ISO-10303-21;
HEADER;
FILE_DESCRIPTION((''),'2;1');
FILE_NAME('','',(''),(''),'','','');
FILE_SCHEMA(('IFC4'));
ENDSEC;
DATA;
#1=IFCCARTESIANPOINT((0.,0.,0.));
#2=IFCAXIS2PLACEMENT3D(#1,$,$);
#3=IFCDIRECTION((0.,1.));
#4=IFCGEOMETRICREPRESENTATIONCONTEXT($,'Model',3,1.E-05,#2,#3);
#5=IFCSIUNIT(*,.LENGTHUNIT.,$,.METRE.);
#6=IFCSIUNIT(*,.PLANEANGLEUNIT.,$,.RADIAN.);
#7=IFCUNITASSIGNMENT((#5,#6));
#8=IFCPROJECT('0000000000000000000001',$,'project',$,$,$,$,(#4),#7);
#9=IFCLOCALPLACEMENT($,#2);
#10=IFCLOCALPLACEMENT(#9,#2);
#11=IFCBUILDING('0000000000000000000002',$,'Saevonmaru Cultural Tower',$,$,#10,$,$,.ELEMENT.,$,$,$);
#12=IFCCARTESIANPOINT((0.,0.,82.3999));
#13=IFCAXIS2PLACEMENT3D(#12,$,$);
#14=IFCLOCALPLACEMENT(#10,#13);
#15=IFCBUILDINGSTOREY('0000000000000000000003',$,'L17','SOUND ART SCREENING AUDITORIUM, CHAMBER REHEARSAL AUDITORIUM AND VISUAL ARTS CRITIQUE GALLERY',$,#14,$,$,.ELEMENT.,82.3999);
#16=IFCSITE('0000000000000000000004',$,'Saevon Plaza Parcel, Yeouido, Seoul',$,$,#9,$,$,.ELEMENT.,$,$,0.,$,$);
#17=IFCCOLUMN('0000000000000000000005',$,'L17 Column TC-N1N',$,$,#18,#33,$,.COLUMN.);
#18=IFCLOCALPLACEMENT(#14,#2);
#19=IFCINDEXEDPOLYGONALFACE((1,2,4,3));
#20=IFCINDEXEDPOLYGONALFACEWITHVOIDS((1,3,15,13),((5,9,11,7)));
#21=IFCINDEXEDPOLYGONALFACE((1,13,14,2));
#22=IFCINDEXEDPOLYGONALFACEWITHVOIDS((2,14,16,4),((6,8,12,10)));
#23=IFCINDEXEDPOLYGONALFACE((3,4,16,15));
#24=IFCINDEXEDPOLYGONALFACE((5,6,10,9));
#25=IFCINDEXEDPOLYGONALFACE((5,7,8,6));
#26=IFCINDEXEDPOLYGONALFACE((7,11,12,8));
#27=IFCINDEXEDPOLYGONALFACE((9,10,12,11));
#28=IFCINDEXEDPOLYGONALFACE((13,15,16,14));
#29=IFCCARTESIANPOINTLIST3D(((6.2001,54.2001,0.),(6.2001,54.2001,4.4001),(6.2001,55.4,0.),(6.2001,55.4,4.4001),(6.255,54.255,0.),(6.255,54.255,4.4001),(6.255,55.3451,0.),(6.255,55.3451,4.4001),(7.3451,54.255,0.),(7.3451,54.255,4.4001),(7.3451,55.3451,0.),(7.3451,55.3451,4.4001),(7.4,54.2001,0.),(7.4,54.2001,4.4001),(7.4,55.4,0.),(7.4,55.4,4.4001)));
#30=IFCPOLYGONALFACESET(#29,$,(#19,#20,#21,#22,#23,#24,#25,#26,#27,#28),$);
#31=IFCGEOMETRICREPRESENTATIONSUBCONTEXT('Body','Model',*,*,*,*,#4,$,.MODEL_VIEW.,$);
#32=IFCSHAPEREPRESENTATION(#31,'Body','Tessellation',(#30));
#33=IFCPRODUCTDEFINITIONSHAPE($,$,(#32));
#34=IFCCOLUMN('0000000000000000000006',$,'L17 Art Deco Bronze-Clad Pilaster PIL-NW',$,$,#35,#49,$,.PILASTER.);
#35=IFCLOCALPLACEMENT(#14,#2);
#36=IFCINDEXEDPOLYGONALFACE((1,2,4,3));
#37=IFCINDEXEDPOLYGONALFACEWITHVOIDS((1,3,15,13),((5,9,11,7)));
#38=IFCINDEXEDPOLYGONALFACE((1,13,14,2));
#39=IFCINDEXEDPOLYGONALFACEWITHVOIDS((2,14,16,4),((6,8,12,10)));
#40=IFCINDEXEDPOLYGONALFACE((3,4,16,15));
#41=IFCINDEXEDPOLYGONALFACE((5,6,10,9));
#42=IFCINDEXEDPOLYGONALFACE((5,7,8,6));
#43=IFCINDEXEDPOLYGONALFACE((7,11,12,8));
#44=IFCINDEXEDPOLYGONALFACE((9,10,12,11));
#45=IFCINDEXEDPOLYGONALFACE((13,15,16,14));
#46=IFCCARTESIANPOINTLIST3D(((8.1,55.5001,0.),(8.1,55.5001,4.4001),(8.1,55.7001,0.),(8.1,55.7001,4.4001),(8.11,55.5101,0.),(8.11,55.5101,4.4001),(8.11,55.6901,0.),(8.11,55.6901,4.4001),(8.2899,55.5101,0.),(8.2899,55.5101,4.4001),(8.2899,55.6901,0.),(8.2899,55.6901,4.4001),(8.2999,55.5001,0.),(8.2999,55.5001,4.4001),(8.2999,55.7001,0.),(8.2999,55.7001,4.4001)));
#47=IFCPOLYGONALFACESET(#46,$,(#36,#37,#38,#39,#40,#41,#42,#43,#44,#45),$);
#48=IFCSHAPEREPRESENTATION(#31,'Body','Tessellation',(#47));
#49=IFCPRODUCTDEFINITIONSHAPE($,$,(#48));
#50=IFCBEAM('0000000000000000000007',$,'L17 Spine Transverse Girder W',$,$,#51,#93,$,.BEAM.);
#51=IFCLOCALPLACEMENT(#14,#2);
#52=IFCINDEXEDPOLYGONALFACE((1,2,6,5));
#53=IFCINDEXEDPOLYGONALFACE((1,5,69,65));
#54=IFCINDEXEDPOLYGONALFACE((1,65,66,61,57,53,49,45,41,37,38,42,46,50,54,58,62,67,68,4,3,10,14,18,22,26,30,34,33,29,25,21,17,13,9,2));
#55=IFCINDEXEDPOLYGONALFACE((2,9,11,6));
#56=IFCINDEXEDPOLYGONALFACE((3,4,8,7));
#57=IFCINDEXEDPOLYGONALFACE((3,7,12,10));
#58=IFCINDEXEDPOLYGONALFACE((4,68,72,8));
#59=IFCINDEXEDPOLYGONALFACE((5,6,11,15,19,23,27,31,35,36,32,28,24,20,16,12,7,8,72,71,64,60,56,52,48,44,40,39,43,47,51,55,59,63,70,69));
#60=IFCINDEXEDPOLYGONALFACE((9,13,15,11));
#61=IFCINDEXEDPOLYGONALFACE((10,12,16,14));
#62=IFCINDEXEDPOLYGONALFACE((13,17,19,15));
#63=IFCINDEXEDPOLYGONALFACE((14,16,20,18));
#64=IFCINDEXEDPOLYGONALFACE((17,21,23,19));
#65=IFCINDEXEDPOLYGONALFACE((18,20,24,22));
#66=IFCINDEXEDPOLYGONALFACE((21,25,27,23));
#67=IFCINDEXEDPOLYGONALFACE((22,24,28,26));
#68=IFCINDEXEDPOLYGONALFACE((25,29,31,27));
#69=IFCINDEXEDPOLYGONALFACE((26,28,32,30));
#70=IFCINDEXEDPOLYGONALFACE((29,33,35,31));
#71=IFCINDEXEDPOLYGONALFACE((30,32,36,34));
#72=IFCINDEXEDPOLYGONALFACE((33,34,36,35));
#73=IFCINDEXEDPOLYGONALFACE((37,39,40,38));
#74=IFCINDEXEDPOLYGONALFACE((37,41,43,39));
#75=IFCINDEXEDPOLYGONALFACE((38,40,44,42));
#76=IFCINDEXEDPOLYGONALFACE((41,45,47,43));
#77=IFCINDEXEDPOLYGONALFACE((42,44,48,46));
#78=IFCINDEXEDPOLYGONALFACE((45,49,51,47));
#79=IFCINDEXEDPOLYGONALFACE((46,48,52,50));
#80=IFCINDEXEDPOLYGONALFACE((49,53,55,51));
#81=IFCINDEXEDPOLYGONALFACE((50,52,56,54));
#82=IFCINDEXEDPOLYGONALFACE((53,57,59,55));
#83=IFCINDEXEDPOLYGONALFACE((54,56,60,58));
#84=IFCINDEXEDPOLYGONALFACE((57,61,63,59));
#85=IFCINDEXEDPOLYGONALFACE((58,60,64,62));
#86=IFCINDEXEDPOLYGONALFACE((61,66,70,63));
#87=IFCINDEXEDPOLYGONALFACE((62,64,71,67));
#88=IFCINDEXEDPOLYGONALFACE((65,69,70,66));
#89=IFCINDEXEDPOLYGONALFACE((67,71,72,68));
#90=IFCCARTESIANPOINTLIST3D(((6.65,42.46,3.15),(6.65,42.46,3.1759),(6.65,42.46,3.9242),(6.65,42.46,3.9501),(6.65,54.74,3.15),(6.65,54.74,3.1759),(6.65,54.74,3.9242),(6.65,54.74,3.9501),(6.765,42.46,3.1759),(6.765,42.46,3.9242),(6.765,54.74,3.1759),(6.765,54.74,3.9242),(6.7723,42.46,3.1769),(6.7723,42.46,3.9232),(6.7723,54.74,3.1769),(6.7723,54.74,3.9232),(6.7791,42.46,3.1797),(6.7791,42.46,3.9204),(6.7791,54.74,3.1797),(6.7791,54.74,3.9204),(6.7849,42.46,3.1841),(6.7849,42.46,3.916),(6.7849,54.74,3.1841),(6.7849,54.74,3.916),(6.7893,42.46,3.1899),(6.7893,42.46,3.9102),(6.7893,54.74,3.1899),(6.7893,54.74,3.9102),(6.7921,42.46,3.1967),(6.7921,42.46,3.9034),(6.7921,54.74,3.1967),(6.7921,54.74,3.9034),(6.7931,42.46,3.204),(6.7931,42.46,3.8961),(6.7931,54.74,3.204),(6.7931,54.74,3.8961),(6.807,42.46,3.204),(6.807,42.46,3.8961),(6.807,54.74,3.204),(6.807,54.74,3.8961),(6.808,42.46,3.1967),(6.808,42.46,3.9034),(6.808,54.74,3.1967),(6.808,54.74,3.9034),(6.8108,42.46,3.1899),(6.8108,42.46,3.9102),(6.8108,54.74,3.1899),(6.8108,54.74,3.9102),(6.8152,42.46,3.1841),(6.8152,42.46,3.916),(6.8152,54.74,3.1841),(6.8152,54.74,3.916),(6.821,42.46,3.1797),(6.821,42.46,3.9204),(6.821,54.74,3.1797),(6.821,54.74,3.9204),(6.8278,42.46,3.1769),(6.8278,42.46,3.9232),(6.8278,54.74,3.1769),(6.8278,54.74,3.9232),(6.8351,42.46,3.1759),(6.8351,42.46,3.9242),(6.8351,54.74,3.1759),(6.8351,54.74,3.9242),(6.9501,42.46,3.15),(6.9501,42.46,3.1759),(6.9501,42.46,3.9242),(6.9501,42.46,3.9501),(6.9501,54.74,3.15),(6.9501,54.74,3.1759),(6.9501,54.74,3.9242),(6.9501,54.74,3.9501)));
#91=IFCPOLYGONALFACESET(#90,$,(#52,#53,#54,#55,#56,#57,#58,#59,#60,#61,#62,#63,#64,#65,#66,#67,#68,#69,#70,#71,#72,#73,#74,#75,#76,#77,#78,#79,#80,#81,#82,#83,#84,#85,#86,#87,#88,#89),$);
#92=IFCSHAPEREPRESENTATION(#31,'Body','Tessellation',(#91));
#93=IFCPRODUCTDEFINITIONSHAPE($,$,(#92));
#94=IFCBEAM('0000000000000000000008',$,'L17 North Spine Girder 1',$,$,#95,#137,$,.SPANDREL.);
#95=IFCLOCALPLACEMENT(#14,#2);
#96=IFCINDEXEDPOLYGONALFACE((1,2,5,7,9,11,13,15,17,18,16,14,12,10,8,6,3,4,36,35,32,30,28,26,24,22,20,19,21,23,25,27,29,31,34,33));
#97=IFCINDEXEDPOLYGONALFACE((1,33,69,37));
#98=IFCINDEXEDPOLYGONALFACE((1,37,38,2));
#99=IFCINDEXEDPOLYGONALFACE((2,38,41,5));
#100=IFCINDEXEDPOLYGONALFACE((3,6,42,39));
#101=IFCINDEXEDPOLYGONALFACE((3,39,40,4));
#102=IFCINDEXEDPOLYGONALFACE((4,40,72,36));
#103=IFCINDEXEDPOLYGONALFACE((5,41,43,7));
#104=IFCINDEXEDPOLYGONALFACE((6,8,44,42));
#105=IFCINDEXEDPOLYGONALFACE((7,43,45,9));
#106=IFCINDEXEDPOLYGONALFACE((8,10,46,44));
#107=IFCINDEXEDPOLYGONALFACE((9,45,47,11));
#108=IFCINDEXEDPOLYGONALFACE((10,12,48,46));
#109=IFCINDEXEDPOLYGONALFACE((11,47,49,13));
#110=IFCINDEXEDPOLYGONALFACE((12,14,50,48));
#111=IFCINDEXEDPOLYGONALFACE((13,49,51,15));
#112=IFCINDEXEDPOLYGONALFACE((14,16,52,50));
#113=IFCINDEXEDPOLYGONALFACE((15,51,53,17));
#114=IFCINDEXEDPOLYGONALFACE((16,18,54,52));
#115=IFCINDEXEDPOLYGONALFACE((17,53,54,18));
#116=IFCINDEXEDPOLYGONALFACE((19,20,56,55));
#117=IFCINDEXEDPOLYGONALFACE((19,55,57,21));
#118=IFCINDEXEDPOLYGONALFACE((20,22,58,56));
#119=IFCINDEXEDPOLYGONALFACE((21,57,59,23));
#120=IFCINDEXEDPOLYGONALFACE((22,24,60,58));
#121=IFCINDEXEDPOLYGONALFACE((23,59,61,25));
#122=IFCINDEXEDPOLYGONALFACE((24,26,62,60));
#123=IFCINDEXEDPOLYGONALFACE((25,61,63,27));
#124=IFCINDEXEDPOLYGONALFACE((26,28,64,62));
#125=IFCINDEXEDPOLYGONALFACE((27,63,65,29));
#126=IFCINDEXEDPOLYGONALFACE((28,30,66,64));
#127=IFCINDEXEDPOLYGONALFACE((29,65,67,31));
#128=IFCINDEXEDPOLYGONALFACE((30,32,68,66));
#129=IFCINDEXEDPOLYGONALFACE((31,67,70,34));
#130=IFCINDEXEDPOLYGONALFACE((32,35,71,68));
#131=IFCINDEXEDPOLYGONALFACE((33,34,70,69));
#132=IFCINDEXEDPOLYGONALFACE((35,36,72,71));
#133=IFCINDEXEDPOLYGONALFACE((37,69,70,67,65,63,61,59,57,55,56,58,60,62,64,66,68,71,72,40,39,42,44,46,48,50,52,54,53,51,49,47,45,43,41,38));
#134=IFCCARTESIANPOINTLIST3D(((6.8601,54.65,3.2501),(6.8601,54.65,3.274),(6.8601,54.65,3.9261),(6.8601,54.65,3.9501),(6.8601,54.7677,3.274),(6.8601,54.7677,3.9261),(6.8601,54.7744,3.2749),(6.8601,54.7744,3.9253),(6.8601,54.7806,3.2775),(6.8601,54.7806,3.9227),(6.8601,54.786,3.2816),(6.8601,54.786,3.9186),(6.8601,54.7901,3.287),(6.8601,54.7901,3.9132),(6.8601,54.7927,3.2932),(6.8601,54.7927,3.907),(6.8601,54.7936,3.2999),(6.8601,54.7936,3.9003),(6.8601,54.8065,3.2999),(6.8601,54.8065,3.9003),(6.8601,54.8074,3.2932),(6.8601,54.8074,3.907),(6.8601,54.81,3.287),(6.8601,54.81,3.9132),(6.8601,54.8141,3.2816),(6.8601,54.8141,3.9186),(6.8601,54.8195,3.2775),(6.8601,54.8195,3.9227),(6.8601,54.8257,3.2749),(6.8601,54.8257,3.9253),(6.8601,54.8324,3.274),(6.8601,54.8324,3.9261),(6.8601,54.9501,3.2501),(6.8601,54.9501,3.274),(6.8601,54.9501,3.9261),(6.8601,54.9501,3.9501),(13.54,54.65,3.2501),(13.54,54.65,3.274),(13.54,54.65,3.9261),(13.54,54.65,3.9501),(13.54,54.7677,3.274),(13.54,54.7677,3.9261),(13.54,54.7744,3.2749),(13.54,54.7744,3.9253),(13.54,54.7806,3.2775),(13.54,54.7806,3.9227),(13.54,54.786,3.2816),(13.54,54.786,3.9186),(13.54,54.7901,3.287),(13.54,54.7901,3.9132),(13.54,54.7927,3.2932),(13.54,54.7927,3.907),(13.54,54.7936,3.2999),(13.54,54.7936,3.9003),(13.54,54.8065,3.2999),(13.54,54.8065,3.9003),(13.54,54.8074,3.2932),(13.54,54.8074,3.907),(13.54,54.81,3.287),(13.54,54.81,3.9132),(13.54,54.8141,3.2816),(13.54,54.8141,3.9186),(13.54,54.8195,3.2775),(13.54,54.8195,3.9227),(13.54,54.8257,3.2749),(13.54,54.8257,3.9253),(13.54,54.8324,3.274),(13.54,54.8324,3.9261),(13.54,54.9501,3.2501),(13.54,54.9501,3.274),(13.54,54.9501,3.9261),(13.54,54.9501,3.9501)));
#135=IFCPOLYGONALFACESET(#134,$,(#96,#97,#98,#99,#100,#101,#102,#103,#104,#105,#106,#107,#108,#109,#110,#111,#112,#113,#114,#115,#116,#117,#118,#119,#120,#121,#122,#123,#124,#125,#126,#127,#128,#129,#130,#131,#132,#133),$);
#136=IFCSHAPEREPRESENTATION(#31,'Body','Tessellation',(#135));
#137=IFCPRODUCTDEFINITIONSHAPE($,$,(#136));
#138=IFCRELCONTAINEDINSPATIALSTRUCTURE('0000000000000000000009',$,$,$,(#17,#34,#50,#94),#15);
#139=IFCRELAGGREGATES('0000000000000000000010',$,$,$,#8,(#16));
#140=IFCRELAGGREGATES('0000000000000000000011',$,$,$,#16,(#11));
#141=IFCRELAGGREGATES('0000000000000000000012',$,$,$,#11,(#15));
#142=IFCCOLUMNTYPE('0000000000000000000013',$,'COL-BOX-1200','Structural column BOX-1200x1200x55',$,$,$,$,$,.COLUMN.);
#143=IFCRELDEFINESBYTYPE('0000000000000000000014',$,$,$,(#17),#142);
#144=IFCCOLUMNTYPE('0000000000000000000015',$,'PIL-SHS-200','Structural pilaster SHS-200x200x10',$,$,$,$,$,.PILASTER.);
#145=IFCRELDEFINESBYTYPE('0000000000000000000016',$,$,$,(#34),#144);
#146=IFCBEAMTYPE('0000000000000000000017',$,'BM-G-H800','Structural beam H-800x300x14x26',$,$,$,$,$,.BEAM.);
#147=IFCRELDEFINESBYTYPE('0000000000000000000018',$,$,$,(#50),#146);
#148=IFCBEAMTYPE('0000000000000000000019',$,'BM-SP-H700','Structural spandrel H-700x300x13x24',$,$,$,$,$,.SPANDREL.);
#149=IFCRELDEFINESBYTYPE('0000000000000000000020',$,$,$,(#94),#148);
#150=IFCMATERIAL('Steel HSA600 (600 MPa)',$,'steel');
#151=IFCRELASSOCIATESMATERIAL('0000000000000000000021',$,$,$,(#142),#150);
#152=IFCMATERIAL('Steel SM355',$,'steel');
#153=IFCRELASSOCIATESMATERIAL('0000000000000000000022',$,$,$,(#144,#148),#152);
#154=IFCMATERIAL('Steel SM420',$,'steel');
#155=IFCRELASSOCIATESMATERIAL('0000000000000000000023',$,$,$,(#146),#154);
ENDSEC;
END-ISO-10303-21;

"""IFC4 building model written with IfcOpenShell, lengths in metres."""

from ifc_helpers import new_model, si_unit, direction, frame, origin, origin_2d, place, context, subcontext, project, spatial, hollow_rectangle, i_section, extrude, material, material_profile, profile_set, type_object, element, save


model = new_model("IFC4")

# Units and contexts
model_context = context("Model", 3, precision=1e-05, world=origin(), true_north=direction((0.0, 1.0)))
body_context = subcontext(model_context, "Body", "Model", "MODEL_VIEW")
ifc_project = project(units=[si_unit("LENGTHUNIT", "METRE"), si_unit("PLANEANGLEUNIT", "RADIAN")], contexts=[model_context])

# Site, building, storey
site_placement = place(None, origin())
site = spatial("IfcSite", under=ifc_project, at=site_placement, Name="Saevon Plaza Parcel, Yeouido, Seoul", CompositionType="ELEMENT", RefElevation=0.0)
building_placement = place(site_placement, origin())
building = spatial("IfcBuilding", under=site, at=building_placement, Name="Saevonmaru Cultural Tower", CompositionType="ELEMENT")
storey_placement = place(building_placement, frame((0.0, 0.0, 82.3999)))
storey = spatial("IfcBuildingStorey", under=building, at=storey_placement, Name="L17", Description="SOUND ART SCREENING AUDITORIUM, CHAMBER REHEARSAL AUDITORIUM AND VISUAL ARTS CRITIQUE GALLERY", CompositionType="ELEMENT", Elevation=82.3999)

# Columns
ifc_material_1 = material(Name="Steel HSA600 (600 MPa)", Category="steel")
ifc_material_profile_1 = material_profile(ifc_material_1, hollow_rectangle(XDim=1.2, YDim=1.2, WallThickness=0.0549, at=origin_2d()), Name="BOX-1200x1200x55")
ifc_profile_set_1 = profile_set([ifc_material_profile_1], Name="Steel HSA600 (600 MPa)")
column_type_1 = type_object("IfcColumnType", Name="COL-BOX-1200", Description="Structural column BOX-1200x1200x55", PredefinedType="COLUMN", material=ifc_profile_set_1)
column_1_placement = place(storey_placement, frame((6.8, 54.8, 0.0), z_axis=(0.0, 0.0, 1.0), x_axis=(1.0, 0.0, 0.0)))
element("IfcColumn", 1, at=column_1_placement, inside=storey, type_object=column_type_1, Name="L17 Column TC-N1N", PredefinedType="COLUMN", context=body_context, shape_type="SweptSolid", body=[
    extrude(hollow_rectangle(XDim=1.2, YDim=1.2, WallThickness=0.0549, at=origin_2d()), origin(), (0.0, 0.0, 1.0), 4.4001),
])
ifc_material_2 = material(Name="Steel SM355", Category="steel")
ifc_material_profile_2 = material_profile(ifc_material_2, hollow_rectangle(XDim=0.2, YDim=0.2, WallThickness=0.01, at=origin_2d()), Name="SHS-200x200x10")
ifc_profile_set_2 = profile_set([ifc_material_profile_2], Name="Steel SM355")
column_type_2 = type_object("IfcColumnType", Name="PIL-SHS-200", Description="Structural pilaster SHS-200x200x10", PredefinedType="PILASTER", material=ifc_profile_set_2)
column_2_placement = place(storey_placement, frame((8.2, 55.6001, 0.0), z_axis=(0.0, 0.0, 1.0), x_axis=(1.0, 0.0, 0.0)))
element("IfcColumn", 2, at=column_2_placement, inside=storey, type_object=column_type_2, Name="L17 Art Deco Bronze-Clad Pilaster PIL-NW", PredefinedType="PILASTER", context=body_context, shape_type="SweptSolid", body=[
    extrude(hollow_rectangle(XDim=0.2, YDim=0.2, WallThickness=0.01, at=origin_2d()), origin(), (0.0, 0.0, 1.0), 4.4001),
])

# Beams
ifc_material_3 = material(Name="Steel SM420", Category="steel")
ifc_material_profile_3 = material_profile(ifc_material_3, i_section(OverallWidth=0.3, OverallDepth=0.8, WebThickness=0.0139, FlangeThickness=0.0259, FilletRadius=0.0281, at=origin_2d()), Name="H-800x300x14x26")
ifc_profile_set_3 = profile_set([ifc_material_profile_3], Name="Steel SM420")
beam_type_1 = type_object("IfcBeamType", Name="BM-G-H800", Description="Structural beam H-800x300x14x26", PredefinedType="BEAM", material=ifc_profile_set_3)
beam_1_placement = place(storey_placement, frame((6.8, 54.74, 3.55), z_axis=(0.0, -1.0, 0.0), x_axis=(1.0, 0.0, 0.0)))
element("IfcBeam", 3, at=beam_1_placement, inside=storey, type_object=beam_type_1, Name="L17 Spine Transverse Girder W", PredefinedType="BEAM", context=body_context, shape_type="SweptSolid", body=[
    extrude(i_section(OverallWidth=0.3, OverallDepth=0.8, WebThickness=0.0139, FlangeThickness=0.0259, FilletRadius=0.0281, at=origin_2d()), origin(), (0.0, 0.0, 1.0), 12.28),
])
ifc_material_profile_4 = material_profile(ifc_material_2, i_section(OverallWidth=0.3, OverallDepth=0.7, WebThickness=0.0129, FlangeThickness=0.0239, FilletRadius=0.0259, at=origin_2d()), Name="H-700x300x13x24")
ifc_profile_set_4 = profile_set([ifc_material_profile_4], Name="Steel SM355")
beam_type_2 = type_object("IfcBeamType", Name="BM-SP-H700", Description="Structural spandrel H-700x300x13x24", PredefinedType="SPANDREL", material=ifc_profile_set_4)
beam_2_placement = place(storey_placement, frame((6.8601, 54.8, 3.6001), z_axis=(1.0, 0.0, 0.0), x_axis=(0.0, 1.0, 0.0)))
element("IfcBeam", 4, at=beam_2_placement, inside=storey, type_object=beam_type_2, Name="L17 North Spine Girder 1", PredefinedType="SPANDREL", context=body_context, shape_type="SweptSolid", body=[
    extrude(i_section(OverallWidth=0.3, OverallDepth=0.7, WebThickness=0.0129, FlangeThickness=0.0239, FilletRadius=0.0259, at=origin_2d()), origin(), (0.0, 0.0, 1.0), 6.6799),
])

save(model, "model.ifc")
